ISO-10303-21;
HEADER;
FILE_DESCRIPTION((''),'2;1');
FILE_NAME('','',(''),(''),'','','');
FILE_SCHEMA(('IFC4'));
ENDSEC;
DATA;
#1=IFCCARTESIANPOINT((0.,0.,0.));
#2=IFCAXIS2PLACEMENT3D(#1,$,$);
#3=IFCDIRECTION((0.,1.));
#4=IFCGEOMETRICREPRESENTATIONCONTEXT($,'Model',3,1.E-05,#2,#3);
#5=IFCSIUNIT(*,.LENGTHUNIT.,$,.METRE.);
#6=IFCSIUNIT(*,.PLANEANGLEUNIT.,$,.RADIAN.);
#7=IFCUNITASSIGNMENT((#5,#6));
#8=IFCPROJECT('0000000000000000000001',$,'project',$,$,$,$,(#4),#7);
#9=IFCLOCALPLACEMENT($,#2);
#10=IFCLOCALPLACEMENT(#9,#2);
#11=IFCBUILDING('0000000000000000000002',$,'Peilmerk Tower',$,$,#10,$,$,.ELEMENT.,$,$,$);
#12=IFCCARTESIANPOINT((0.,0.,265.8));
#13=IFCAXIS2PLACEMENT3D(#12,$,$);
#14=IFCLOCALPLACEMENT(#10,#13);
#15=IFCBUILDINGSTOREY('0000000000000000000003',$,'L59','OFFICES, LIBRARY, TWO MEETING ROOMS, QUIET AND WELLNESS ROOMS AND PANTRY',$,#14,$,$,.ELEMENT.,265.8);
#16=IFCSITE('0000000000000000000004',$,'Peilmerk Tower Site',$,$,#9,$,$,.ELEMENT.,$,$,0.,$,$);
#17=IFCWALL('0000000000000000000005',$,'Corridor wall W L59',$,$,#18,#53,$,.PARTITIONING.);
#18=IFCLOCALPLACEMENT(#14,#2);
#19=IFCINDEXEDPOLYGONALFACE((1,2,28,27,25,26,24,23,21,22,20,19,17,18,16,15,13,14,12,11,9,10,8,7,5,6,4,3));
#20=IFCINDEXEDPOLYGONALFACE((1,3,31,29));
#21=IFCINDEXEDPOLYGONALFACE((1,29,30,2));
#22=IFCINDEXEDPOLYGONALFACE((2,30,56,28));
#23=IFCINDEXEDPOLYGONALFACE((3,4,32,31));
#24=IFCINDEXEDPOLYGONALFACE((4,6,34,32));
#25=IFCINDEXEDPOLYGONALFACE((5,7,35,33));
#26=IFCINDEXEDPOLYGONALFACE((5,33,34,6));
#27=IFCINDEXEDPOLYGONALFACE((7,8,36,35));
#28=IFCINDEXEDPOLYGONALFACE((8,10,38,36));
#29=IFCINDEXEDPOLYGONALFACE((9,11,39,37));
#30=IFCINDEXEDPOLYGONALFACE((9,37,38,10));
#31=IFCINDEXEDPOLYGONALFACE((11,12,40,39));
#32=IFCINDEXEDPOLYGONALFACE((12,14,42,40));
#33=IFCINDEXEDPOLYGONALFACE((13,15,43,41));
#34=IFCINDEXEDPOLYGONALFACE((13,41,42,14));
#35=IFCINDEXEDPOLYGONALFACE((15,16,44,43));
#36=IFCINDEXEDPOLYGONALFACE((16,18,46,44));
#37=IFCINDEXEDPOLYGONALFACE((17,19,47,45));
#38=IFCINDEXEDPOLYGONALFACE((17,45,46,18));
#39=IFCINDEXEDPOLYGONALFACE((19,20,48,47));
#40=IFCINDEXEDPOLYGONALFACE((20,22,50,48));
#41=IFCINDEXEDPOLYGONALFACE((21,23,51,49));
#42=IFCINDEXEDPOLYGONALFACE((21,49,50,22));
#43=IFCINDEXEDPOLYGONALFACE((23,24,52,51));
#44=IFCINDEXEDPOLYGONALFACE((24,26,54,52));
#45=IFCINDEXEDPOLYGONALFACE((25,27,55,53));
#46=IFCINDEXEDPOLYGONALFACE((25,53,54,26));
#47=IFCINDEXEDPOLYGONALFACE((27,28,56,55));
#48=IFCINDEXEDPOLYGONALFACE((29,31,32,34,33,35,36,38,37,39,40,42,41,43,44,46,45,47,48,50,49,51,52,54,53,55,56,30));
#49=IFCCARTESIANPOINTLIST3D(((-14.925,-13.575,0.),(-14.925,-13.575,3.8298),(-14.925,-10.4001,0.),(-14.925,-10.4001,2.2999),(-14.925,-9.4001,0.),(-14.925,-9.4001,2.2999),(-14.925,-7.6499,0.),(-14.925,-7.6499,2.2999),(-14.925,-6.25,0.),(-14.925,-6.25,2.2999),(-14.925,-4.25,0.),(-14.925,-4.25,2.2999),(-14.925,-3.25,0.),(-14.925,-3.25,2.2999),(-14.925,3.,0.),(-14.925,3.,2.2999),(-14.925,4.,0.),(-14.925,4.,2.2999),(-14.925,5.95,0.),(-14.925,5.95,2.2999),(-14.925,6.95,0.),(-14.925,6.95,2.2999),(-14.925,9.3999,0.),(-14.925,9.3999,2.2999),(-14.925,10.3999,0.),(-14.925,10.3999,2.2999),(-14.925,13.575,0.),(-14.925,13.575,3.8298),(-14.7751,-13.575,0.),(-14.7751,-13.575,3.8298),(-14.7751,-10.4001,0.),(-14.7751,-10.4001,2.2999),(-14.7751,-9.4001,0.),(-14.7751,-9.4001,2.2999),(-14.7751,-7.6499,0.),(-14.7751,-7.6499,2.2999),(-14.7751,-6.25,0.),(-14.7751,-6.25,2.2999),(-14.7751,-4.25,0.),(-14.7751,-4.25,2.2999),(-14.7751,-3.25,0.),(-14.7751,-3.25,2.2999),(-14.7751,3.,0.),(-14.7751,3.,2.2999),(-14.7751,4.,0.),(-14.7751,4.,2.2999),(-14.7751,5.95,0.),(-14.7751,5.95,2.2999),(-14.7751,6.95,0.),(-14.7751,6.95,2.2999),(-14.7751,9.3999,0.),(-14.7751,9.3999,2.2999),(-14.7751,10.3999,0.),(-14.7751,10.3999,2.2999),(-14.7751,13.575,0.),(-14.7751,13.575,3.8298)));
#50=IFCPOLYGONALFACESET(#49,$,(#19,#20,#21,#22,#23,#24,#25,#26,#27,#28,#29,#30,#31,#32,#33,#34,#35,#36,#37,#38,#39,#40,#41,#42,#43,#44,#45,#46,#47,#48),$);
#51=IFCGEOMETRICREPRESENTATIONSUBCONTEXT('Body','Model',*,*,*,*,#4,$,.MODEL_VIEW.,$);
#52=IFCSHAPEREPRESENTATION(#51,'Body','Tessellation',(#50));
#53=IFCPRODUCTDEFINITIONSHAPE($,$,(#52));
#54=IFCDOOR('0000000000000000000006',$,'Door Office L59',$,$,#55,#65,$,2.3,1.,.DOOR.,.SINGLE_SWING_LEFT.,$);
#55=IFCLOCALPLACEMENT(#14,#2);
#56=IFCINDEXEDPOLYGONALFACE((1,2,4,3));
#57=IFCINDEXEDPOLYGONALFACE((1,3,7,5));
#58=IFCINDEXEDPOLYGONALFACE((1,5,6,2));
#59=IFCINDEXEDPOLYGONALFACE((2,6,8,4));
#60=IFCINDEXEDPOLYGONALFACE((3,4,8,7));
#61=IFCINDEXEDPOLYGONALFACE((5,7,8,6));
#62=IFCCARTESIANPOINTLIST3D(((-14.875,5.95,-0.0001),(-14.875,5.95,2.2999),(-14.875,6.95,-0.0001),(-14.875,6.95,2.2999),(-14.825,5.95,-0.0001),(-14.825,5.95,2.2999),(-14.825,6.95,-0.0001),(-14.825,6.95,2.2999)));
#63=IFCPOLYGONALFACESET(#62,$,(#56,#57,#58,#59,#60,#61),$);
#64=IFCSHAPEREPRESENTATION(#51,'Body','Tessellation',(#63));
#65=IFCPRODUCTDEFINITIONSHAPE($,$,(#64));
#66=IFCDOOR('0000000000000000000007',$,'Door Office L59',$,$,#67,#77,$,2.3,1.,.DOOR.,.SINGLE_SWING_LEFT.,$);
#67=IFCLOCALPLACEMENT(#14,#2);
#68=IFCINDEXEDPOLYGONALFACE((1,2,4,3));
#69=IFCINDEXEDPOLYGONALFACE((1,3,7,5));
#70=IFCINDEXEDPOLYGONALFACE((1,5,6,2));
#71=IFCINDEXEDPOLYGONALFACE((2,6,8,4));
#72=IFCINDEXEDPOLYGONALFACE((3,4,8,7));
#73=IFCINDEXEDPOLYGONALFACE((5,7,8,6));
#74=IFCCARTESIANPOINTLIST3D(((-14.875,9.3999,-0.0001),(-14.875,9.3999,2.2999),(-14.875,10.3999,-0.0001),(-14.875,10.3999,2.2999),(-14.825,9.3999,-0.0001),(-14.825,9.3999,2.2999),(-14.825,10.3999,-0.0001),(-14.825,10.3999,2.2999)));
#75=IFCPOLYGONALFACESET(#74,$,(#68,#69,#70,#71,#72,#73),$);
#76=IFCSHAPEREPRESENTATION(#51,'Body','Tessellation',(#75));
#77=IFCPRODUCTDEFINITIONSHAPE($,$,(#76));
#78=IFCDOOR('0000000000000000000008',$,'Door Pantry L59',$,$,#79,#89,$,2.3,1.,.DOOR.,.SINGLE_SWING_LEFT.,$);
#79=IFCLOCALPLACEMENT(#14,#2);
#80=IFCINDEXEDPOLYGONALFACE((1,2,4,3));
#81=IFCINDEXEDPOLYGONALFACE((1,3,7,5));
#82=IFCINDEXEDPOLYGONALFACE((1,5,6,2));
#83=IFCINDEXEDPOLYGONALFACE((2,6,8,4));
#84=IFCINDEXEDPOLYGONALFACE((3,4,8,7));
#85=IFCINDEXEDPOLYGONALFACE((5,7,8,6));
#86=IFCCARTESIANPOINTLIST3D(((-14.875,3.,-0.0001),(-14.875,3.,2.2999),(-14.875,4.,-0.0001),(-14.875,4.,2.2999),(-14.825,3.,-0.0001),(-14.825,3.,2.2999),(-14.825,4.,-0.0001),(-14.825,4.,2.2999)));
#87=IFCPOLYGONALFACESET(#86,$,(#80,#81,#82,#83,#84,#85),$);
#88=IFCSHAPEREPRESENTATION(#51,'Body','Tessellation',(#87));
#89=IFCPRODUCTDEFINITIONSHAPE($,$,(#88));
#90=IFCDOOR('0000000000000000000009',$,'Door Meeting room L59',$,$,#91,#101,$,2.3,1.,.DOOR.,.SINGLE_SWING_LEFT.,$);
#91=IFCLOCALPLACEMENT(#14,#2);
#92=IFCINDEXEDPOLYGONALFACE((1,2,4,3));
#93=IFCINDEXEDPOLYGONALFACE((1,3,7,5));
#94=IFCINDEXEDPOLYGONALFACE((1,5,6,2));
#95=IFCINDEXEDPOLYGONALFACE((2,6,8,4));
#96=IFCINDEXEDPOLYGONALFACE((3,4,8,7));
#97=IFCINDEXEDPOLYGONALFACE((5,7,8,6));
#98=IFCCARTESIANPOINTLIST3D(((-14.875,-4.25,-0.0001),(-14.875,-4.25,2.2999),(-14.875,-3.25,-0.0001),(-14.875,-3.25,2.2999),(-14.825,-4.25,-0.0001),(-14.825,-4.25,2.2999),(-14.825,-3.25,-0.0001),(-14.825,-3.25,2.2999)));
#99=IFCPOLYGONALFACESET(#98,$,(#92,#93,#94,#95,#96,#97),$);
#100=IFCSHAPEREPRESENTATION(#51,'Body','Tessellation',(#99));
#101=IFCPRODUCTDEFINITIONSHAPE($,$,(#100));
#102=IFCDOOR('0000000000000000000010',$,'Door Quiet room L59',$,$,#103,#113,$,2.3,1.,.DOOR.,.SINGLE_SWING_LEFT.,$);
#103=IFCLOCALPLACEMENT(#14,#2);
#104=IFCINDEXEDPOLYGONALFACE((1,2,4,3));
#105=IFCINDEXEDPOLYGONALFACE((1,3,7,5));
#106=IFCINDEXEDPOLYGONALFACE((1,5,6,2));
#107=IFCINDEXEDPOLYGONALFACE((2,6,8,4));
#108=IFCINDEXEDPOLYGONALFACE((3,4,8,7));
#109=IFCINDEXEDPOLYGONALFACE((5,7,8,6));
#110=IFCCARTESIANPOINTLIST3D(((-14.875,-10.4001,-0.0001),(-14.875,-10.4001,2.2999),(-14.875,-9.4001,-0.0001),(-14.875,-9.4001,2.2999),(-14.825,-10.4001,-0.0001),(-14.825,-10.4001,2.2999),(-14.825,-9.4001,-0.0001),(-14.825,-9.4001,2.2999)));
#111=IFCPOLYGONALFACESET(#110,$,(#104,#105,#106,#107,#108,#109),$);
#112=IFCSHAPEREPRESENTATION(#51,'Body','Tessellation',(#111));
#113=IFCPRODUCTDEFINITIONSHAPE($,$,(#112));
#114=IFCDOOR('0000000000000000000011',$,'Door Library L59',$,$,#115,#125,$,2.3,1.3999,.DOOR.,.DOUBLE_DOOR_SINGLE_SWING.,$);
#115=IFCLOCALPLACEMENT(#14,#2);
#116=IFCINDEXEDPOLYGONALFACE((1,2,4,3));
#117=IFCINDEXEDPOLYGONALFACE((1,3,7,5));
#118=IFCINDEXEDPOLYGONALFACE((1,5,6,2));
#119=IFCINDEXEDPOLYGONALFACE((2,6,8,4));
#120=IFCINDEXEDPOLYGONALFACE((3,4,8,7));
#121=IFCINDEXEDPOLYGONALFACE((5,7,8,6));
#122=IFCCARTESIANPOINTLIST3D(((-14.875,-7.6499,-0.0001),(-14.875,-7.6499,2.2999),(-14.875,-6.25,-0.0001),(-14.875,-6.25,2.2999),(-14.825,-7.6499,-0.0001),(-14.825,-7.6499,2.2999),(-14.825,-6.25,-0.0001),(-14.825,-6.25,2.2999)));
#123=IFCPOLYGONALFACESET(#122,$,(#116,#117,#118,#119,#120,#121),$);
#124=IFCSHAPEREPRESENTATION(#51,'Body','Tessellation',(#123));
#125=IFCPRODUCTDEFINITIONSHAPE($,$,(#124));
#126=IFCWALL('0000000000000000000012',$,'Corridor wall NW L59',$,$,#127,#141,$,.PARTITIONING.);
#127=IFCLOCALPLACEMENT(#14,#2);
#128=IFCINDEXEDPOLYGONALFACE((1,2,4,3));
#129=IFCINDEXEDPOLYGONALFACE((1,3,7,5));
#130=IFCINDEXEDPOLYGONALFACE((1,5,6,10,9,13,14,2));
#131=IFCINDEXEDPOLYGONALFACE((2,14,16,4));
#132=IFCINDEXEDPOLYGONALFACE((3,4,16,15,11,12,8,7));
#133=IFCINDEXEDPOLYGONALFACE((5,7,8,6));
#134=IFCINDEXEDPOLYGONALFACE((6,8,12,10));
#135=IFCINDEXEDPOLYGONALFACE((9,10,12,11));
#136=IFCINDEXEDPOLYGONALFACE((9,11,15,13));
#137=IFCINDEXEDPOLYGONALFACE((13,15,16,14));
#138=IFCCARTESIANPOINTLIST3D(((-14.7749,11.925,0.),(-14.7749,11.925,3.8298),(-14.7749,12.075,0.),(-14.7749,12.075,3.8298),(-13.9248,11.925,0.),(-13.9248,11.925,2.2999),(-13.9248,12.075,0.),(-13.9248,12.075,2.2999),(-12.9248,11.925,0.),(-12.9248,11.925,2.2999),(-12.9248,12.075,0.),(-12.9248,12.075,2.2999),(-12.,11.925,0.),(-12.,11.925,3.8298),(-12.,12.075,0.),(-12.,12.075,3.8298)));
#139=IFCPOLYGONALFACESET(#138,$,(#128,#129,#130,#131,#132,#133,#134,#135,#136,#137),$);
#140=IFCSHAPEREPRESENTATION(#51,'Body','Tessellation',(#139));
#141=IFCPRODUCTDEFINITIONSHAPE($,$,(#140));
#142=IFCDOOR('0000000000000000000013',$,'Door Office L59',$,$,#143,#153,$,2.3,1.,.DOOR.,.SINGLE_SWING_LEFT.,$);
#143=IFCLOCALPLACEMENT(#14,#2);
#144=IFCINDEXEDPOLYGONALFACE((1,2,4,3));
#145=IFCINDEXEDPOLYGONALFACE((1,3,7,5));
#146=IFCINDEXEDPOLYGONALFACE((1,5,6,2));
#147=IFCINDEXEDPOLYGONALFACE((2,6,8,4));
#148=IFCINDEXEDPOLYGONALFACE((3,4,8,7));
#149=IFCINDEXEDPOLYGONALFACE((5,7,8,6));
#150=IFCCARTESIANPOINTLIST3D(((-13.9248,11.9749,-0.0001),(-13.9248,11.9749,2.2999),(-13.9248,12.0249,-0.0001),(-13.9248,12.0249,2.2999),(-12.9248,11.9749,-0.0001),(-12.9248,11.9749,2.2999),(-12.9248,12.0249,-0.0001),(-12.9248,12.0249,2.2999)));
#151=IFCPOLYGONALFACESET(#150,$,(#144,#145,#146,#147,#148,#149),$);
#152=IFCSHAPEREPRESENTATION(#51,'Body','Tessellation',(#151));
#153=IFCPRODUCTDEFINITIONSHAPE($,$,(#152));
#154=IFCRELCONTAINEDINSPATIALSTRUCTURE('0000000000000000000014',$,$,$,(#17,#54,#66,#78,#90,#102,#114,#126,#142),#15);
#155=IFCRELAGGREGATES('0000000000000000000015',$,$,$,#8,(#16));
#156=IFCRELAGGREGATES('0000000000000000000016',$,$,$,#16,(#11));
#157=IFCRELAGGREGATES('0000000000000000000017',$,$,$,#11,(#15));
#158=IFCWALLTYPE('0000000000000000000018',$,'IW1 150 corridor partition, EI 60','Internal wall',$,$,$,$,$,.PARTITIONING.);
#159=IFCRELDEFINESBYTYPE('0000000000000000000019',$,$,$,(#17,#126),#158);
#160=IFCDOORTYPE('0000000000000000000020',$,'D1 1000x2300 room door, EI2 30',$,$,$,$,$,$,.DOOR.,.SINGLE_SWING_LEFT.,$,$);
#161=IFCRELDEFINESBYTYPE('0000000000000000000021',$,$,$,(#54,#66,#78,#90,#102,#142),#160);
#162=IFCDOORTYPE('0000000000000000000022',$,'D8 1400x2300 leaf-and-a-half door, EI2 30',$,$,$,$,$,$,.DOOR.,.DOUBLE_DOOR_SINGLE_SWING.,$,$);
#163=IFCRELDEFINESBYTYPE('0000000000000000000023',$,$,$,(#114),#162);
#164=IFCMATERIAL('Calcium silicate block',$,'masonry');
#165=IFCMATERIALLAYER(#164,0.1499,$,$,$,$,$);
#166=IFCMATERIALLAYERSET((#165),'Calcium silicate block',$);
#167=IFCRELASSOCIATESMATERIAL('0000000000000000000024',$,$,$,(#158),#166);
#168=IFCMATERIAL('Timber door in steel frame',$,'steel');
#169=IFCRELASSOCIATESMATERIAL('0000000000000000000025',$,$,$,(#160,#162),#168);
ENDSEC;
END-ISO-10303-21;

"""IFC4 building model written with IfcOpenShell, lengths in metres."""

from ifc_helpers import new_model, si_unit, direction, frame, frame_2d, origin, place, context, subcontext, project, spatial, rectangle, extrude, material, layer, layer_set, type_object, element, fill, save


model = new_model("IFC4")

# Units and contexts
model_context = context("Model", 3, precision=1e-05, world=origin(), true_north=direction((0.0, 1.0)))
body_context = subcontext(model_context, "Body", "Model", "MODEL_VIEW")
ifc_project = project(units=[si_unit("LENGTHUNIT", "METRE"), si_unit("PLANEANGLEUNIT", "RADIAN")], contexts=[model_context])

# Site, building, storey
site_placement = place(None, origin())
site = spatial("IfcSite", under=ifc_project, at=site_placement, Name="Peilmerk Tower Site", CompositionType="ELEMENT", RefElevation=0.0)
building_placement = place(site_placement, origin())
building = spatial("IfcBuilding", under=site, at=building_placement, Name="Peilmerk Tower", CompositionType="ELEMENT")
storey_placement = place(building_placement, frame((0.0, 0.0, 265.8)))
storey = spatial("IfcBuildingStorey", under=building, at=storey_placement, Name="L59", Description="OFFICES, LIBRARY, TWO MEETING ROOMS, QUIET AND WELLNESS ROOMS AND PANTRY", CompositionType="ELEMENT", Elevation=265.8)

# Wall, openings, doors
ifc_material_1 = material(Name="Calcium silicate block", Category="masonry")
ifc_layer_1 = layer(ifc_material_1, 0.1499)
ifc_layer_set_1 = layer_set([ifc_layer_1], Name="Calcium silicate block")
wall_type_1 = type_object("IfcWallType", Name="IW1 150 corridor partition, EI 60", Description="Internal wall", PredefinedType="PARTITIONING", material=ifc_layer_set_1)
wall_1_placement = place(storey_placement, frame((-14.8501, 13.575, 0.0), z_axis=(0.0, 0.0, 1.0), x_axis=(0.0, -1.0, 0.0)))
wall_1 = element("IfcWall", 1, at=wall_1_placement, inside=storey, type_object=wall_type_1, Name="Corridor wall W L59", PredefinedType="PARTITIONING", context=body_context, shape_type="SweptSolid", body=[
    extrude(rectangle(XDim=27.1499, YDim=0.1499, at=frame_2d((13.575, 0.0))), origin(), (0.0, 0.0, 1.0), 3.8298),
])
opening_1_placement = place(wall_1_placement, frame((19.825, 0.0, 0.0)))
opening_1 = element("IfcOpeningElement", 2, at=opening_1_placement, cuts=wall_1, PredefinedType="OPENING", context=body_context, shape_type="SweptSolid", body=[
    extrude(rectangle(XDim=1.3999, YDim=2.3, at=frame_2d((0.7, 1.1499))), frame((0.0, 0.085, 0.0), z_axis=(0.0, -1.0, 0.0), x_axis=(1.0, 0.0, 0.0)), (0.0, 0.0, 1.0), 0.1699),
])
opening_2_placement = place(wall_1_placement, frame((6.625, 0.0, 0.0)))
opening_2 = element("IfcOpeningElement", 3, at=opening_2_placement, cuts=wall_1, PredefinedType="OPENING", context=body_context, shape_type="SweptSolid", body=[
    extrude(rectangle(XDim=1.0, YDim=2.3, at=frame_2d((0.5, 1.1499))), frame((0.0, 0.085, 0.0), z_axis=(0.0, -1.0, 0.0), x_axis=(1.0, 0.0, 0.0)), (0.0, 0.0, 1.0), 0.1699),
])
opening_3_placement = place(wall_1_placement, frame((3.175, 0.0, 0.0)))
opening_3 = element("IfcOpeningElement", 4, at=opening_3_placement, cuts=wall_1, PredefinedType="OPENING", context=body_context, shape_type="SweptSolid", body=[
    extrude(rectangle(XDim=1.0, YDim=2.3, at=frame_2d((0.5, 1.1499))), frame((0.0, 0.085, 0.0), z_axis=(0.0, -1.0, 0.0), x_axis=(1.0, 0.0, 0.0)), (0.0, 0.0, 1.0), 0.1699),
])
opening_4_placement = place(wall_1_placement, frame((9.575, 0.0, 0.0)))
opening_4 = element("IfcOpeningElement", 5, at=opening_4_placement, cuts=wall_1, PredefinedType="OPENING", context=body_context, shape_type="SweptSolid", body=[
    extrude(rectangle(XDim=1.0, YDim=2.3, at=frame_2d((0.5, 1.1499))), frame((0.0, 0.085, 0.0), z_axis=(0.0, -1.0, 0.0), x_axis=(1.0, 0.0, 0.0)), (0.0, 0.0, 1.0), 0.1699),
])
opening_5_placement = place(wall_1_placement, frame((16.825, 0.0, 0.0)))
opening_5 = element("IfcOpeningElement", 6, at=opening_5_placement, cuts=wall_1, PredefinedType="OPENING", context=body_context, shape_type="SweptSolid", body=[
    extrude(rectangle(XDim=1.0, YDim=2.3, at=frame_2d((0.5, 1.1499))), frame((0.0, 0.085, 0.0), z_axis=(0.0, -1.0, 0.0), x_axis=(1.0, 0.0, 0.0)), (0.0, 0.0, 1.0), 0.1699),
])
opening_6_placement = place(wall_1_placement, frame((22.9751, 0.0, 0.0)))
opening_6 = element("IfcOpeningElement", 7, at=opening_6_placement, cuts=wall_1, PredefinedType="OPENING", context=body_context, shape_type="SweptSolid", body=[
    extrude(rectangle(XDim=1.0, YDim=2.3, at=frame_2d((0.5, 1.1499))), frame((0.0, 0.085, 0.0), z_axis=(0.0, -1.0, 0.0), x_axis=(1.0, 0.0, 0.0)), (0.0, 0.0, 1.0), 0.1699),
])
ifc_material_2 = material(Name="Timber door in steel frame", Category="steel")
door_type_1 = type_object("IfcDoorType", Name="D1 1000x2300 room door, EI2 30", OperationType="SINGLE_SWING_LEFT", PredefinedType="DOOR", material=ifc_material_2)
door_1_placement = place(opening_2_placement, frame((1.0, 0.0, 0.0), z_axis=(0.0, 0.0, 1.0), x_axis=(-1.0, 0.0, 0.0)))
door_1 = element("IfcDoor", 8, at=door_1_placement, inside=storey, type_object=door_type_1, Name="Door Office L59", OperationType="SINGLE_SWING_LEFT", OverallHeight=2.3, OverallWidth=1.0, PredefinedType="DOOR", context=body_context, shape_type="SweptSolid", body=[
    extrude(rectangle(XDim=1.0, YDim=2.3, at=frame_2d((0.5, 1.1499))), frame((0.0, 0.0249, 0.0), z_axis=(0.0, -1.0, 0.0), x_axis=(1.0, 0.0, 0.0)), (0.0, 0.0, 1.0), 0.05),
])
fill(opening_2, door_1)
door_2_placement = place(opening_3_placement, frame((1.0, 0.0, 0.0), z_axis=(0.0, 0.0, 1.0), x_axis=(-1.0, 0.0, 0.0)))
door_2 = element("IfcDoor", 9, at=door_2_placement, inside=storey, type_object=door_type_1, Name="Door Office L59", OperationType="SINGLE_SWING_LEFT", OverallHeight=2.3, OverallWidth=1.0, PredefinedType="DOOR", context=body_context, shape_type="SweptSolid", body=[
    extrude(rectangle(XDim=1.0, YDim=2.3, at=frame_2d((0.5, 1.1499))), frame((0.0, 0.0249, 0.0), z_axis=(0.0, -1.0, 0.0), x_axis=(1.0, 0.0, 0.0)), (0.0, 0.0, 1.0), 0.05),
])
fill(opening_3, door_2)
door_3_placement = place(opening_4_placement, frame((1.0, 0.0, 0.0), z_axis=(0.0, 0.0, 1.0), x_axis=(-1.0, 0.0, 0.0)))
door_3 = element("IfcDoor", 10, at=door_3_placement, inside=storey, type_object=door_type_1, Name="Door Pantry L59", OperationType="SINGLE_SWING_LEFT", OverallHeight=2.3, OverallWidth=1.0, PredefinedType="DOOR", context=body_context, shape_type="SweptSolid", body=[
    extrude(rectangle(XDim=1.0, YDim=2.3, at=frame_2d((0.5, 1.1499))), frame((0.0, 0.0249, 0.0), z_axis=(0.0, -1.0, 0.0), x_axis=(1.0, 0.0, 0.0)), (0.0, 0.0, 1.0), 0.05),
])
fill(opening_4, door_3)
door_4_placement = place(opening_5_placement, frame((1.0, 0.0, 0.0), z_axis=(0.0, 0.0, 1.0), x_axis=(-1.0, 0.0, 0.0)))
door_4 = element("IfcDoor", 11, at=door_4_placement, inside=storey, type_object=door_type_1, Name="Door Meeting room L59", OperationType="SINGLE_SWING_LEFT", OverallHeight=2.3, OverallWidth=1.0, PredefinedType="DOOR", context=body_context, shape_type="SweptSolid", body=[
    extrude(rectangle(XDim=1.0, YDim=2.3, at=frame_2d((0.5, 1.1499))), frame((0.0, 0.0249, 0.0), z_axis=(0.0, -1.0, 0.0), x_axis=(1.0, 0.0, 0.0)), (0.0, 0.0, 1.0), 0.05),
])
fill(opening_5, door_4)
door_5_placement = place(opening_6_placement, frame((1.0, 0.0, 0.0), z_axis=(0.0, 0.0, 1.0), x_axis=(-1.0, 0.0, 0.0)))
door_5 = element("IfcDoor", 12, at=door_5_placement, inside=storey, type_object=door_type_1, Name="Door Quiet room L59", OperationType="SINGLE_SWING_LEFT", OverallHeight=2.3, OverallWidth=1.0, PredefinedType="DOOR", context=body_context, shape_type="SweptSolid", body=[
    extrude(rectangle(XDim=1.0, YDim=2.3, at=frame_2d((0.5, 1.1499))), frame((0.0, 0.0249, 0.0), z_axis=(0.0, -1.0, 0.0), x_axis=(1.0, 0.0, 0.0)), (0.0, 0.0, 1.0), 0.05),
])
fill(opening_6, door_5)
door_type_2 = type_object("IfcDoorType", Name="D8 1400x2300 leaf-and-a-half door, EI2 30", OperationType="DOUBLE_DOOR_SINGLE_SWING", PredefinedType="DOOR", material=ifc_material_2)
door_6_placement = place(opening_1_placement, frame((1.3999, 0.0, 0.0), z_axis=(0.0, 0.0, 1.0), x_axis=(-1.0, 0.0, 0.0)))
door_6 = element("IfcDoor", 13, at=door_6_placement, inside=storey, type_object=door_type_2, Name="Door Library L59", OperationType="DOUBLE_DOOR_SINGLE_SWING", OverallHeight=2.3, OverallWidth=1.3999, PredefinedType="DOOR", context=body_context, shape_type="SweptSolid", body=[
    extrude(rectangle(XDim=1.3999, YDim=2.3, at=frame_2d((0.7, 1.1499))), frame((0.0, 0.0249, 0.0), z_axis=(0.0, -1.0, 0.0), x_axis=(1.0, 0.0, 0.0)), (0.0, 0.0, 1.0), 0.05),
])
fill(opening_1, door_6)

# Wall, opening, door
wall_2_placement = place(storey_placement, frame((-14.7749, 12.0, 0.0), z_axis=(0.0, 0.0, 1.0), x_axis=(1.0, 0.0, 0.0)))
wall_2 = element("IfcWall", 14, at=wall_2_placement, inside=storey, type_object=wall_type_1, Name="Corridor wall NW L59", PredefinedType="PARTITIONING", context=body_context, shape_type="SweptSolid", body=[
    extrude(rectangle(XDim=2.7749, YDim=0.1499, at=frame_2d((1.3875, 0.0))), origin(), (0.0, 0.0, 1.0), 3.8298),
])
opening_7_placement = place(wall_2_placement, frame((0.8501, 0.0, 0.0)))
opening_7 = element("IfcOpeningElement", 15, at=opening_7_placement, cuts=wall_2, PredefinedType="OPENING", context=body_context, shape_type="SweptSolid", body=[
    extrude(rectangle(XDim=1.0, YDim=2.3, at=frame_2d((0.5, 1.1499))), frame((0.0, 0.085, 0.0), z_axis=(0.0, -1.0, 0.0), x_axis=(1.0, 0.0, 0.0)), (0.0, 0.0, 1.0), 0.1699),
])
door_7_placement = place(opening_7_placement, origin())
door_7 = element("IfcDoor", 16, at=door_7_placement, inside=storey, type_object=door_type_1, Name="Door Office L59", OperationType="SINGLE_SWING_LEFT", OverallHeight=2.3, OverallWidth=1.0, PredefinedType="DOOR", context=body_context, shape_type="SweptSolid", body=[
    extrude(rectangle(XDim=1.0, YDim=2.3, at=frame_2d((0.5, 1.1499))), frame((0.0, 0.0249, 0.0), z_axis=(0.0, -1.0, 0.0), x_axis=(1.0, 0.0, 0.0)), (0.0, 0.0, 1.0), 0.05),
])
fill(opening_7, door_7)

save(model, "model.ifc")
